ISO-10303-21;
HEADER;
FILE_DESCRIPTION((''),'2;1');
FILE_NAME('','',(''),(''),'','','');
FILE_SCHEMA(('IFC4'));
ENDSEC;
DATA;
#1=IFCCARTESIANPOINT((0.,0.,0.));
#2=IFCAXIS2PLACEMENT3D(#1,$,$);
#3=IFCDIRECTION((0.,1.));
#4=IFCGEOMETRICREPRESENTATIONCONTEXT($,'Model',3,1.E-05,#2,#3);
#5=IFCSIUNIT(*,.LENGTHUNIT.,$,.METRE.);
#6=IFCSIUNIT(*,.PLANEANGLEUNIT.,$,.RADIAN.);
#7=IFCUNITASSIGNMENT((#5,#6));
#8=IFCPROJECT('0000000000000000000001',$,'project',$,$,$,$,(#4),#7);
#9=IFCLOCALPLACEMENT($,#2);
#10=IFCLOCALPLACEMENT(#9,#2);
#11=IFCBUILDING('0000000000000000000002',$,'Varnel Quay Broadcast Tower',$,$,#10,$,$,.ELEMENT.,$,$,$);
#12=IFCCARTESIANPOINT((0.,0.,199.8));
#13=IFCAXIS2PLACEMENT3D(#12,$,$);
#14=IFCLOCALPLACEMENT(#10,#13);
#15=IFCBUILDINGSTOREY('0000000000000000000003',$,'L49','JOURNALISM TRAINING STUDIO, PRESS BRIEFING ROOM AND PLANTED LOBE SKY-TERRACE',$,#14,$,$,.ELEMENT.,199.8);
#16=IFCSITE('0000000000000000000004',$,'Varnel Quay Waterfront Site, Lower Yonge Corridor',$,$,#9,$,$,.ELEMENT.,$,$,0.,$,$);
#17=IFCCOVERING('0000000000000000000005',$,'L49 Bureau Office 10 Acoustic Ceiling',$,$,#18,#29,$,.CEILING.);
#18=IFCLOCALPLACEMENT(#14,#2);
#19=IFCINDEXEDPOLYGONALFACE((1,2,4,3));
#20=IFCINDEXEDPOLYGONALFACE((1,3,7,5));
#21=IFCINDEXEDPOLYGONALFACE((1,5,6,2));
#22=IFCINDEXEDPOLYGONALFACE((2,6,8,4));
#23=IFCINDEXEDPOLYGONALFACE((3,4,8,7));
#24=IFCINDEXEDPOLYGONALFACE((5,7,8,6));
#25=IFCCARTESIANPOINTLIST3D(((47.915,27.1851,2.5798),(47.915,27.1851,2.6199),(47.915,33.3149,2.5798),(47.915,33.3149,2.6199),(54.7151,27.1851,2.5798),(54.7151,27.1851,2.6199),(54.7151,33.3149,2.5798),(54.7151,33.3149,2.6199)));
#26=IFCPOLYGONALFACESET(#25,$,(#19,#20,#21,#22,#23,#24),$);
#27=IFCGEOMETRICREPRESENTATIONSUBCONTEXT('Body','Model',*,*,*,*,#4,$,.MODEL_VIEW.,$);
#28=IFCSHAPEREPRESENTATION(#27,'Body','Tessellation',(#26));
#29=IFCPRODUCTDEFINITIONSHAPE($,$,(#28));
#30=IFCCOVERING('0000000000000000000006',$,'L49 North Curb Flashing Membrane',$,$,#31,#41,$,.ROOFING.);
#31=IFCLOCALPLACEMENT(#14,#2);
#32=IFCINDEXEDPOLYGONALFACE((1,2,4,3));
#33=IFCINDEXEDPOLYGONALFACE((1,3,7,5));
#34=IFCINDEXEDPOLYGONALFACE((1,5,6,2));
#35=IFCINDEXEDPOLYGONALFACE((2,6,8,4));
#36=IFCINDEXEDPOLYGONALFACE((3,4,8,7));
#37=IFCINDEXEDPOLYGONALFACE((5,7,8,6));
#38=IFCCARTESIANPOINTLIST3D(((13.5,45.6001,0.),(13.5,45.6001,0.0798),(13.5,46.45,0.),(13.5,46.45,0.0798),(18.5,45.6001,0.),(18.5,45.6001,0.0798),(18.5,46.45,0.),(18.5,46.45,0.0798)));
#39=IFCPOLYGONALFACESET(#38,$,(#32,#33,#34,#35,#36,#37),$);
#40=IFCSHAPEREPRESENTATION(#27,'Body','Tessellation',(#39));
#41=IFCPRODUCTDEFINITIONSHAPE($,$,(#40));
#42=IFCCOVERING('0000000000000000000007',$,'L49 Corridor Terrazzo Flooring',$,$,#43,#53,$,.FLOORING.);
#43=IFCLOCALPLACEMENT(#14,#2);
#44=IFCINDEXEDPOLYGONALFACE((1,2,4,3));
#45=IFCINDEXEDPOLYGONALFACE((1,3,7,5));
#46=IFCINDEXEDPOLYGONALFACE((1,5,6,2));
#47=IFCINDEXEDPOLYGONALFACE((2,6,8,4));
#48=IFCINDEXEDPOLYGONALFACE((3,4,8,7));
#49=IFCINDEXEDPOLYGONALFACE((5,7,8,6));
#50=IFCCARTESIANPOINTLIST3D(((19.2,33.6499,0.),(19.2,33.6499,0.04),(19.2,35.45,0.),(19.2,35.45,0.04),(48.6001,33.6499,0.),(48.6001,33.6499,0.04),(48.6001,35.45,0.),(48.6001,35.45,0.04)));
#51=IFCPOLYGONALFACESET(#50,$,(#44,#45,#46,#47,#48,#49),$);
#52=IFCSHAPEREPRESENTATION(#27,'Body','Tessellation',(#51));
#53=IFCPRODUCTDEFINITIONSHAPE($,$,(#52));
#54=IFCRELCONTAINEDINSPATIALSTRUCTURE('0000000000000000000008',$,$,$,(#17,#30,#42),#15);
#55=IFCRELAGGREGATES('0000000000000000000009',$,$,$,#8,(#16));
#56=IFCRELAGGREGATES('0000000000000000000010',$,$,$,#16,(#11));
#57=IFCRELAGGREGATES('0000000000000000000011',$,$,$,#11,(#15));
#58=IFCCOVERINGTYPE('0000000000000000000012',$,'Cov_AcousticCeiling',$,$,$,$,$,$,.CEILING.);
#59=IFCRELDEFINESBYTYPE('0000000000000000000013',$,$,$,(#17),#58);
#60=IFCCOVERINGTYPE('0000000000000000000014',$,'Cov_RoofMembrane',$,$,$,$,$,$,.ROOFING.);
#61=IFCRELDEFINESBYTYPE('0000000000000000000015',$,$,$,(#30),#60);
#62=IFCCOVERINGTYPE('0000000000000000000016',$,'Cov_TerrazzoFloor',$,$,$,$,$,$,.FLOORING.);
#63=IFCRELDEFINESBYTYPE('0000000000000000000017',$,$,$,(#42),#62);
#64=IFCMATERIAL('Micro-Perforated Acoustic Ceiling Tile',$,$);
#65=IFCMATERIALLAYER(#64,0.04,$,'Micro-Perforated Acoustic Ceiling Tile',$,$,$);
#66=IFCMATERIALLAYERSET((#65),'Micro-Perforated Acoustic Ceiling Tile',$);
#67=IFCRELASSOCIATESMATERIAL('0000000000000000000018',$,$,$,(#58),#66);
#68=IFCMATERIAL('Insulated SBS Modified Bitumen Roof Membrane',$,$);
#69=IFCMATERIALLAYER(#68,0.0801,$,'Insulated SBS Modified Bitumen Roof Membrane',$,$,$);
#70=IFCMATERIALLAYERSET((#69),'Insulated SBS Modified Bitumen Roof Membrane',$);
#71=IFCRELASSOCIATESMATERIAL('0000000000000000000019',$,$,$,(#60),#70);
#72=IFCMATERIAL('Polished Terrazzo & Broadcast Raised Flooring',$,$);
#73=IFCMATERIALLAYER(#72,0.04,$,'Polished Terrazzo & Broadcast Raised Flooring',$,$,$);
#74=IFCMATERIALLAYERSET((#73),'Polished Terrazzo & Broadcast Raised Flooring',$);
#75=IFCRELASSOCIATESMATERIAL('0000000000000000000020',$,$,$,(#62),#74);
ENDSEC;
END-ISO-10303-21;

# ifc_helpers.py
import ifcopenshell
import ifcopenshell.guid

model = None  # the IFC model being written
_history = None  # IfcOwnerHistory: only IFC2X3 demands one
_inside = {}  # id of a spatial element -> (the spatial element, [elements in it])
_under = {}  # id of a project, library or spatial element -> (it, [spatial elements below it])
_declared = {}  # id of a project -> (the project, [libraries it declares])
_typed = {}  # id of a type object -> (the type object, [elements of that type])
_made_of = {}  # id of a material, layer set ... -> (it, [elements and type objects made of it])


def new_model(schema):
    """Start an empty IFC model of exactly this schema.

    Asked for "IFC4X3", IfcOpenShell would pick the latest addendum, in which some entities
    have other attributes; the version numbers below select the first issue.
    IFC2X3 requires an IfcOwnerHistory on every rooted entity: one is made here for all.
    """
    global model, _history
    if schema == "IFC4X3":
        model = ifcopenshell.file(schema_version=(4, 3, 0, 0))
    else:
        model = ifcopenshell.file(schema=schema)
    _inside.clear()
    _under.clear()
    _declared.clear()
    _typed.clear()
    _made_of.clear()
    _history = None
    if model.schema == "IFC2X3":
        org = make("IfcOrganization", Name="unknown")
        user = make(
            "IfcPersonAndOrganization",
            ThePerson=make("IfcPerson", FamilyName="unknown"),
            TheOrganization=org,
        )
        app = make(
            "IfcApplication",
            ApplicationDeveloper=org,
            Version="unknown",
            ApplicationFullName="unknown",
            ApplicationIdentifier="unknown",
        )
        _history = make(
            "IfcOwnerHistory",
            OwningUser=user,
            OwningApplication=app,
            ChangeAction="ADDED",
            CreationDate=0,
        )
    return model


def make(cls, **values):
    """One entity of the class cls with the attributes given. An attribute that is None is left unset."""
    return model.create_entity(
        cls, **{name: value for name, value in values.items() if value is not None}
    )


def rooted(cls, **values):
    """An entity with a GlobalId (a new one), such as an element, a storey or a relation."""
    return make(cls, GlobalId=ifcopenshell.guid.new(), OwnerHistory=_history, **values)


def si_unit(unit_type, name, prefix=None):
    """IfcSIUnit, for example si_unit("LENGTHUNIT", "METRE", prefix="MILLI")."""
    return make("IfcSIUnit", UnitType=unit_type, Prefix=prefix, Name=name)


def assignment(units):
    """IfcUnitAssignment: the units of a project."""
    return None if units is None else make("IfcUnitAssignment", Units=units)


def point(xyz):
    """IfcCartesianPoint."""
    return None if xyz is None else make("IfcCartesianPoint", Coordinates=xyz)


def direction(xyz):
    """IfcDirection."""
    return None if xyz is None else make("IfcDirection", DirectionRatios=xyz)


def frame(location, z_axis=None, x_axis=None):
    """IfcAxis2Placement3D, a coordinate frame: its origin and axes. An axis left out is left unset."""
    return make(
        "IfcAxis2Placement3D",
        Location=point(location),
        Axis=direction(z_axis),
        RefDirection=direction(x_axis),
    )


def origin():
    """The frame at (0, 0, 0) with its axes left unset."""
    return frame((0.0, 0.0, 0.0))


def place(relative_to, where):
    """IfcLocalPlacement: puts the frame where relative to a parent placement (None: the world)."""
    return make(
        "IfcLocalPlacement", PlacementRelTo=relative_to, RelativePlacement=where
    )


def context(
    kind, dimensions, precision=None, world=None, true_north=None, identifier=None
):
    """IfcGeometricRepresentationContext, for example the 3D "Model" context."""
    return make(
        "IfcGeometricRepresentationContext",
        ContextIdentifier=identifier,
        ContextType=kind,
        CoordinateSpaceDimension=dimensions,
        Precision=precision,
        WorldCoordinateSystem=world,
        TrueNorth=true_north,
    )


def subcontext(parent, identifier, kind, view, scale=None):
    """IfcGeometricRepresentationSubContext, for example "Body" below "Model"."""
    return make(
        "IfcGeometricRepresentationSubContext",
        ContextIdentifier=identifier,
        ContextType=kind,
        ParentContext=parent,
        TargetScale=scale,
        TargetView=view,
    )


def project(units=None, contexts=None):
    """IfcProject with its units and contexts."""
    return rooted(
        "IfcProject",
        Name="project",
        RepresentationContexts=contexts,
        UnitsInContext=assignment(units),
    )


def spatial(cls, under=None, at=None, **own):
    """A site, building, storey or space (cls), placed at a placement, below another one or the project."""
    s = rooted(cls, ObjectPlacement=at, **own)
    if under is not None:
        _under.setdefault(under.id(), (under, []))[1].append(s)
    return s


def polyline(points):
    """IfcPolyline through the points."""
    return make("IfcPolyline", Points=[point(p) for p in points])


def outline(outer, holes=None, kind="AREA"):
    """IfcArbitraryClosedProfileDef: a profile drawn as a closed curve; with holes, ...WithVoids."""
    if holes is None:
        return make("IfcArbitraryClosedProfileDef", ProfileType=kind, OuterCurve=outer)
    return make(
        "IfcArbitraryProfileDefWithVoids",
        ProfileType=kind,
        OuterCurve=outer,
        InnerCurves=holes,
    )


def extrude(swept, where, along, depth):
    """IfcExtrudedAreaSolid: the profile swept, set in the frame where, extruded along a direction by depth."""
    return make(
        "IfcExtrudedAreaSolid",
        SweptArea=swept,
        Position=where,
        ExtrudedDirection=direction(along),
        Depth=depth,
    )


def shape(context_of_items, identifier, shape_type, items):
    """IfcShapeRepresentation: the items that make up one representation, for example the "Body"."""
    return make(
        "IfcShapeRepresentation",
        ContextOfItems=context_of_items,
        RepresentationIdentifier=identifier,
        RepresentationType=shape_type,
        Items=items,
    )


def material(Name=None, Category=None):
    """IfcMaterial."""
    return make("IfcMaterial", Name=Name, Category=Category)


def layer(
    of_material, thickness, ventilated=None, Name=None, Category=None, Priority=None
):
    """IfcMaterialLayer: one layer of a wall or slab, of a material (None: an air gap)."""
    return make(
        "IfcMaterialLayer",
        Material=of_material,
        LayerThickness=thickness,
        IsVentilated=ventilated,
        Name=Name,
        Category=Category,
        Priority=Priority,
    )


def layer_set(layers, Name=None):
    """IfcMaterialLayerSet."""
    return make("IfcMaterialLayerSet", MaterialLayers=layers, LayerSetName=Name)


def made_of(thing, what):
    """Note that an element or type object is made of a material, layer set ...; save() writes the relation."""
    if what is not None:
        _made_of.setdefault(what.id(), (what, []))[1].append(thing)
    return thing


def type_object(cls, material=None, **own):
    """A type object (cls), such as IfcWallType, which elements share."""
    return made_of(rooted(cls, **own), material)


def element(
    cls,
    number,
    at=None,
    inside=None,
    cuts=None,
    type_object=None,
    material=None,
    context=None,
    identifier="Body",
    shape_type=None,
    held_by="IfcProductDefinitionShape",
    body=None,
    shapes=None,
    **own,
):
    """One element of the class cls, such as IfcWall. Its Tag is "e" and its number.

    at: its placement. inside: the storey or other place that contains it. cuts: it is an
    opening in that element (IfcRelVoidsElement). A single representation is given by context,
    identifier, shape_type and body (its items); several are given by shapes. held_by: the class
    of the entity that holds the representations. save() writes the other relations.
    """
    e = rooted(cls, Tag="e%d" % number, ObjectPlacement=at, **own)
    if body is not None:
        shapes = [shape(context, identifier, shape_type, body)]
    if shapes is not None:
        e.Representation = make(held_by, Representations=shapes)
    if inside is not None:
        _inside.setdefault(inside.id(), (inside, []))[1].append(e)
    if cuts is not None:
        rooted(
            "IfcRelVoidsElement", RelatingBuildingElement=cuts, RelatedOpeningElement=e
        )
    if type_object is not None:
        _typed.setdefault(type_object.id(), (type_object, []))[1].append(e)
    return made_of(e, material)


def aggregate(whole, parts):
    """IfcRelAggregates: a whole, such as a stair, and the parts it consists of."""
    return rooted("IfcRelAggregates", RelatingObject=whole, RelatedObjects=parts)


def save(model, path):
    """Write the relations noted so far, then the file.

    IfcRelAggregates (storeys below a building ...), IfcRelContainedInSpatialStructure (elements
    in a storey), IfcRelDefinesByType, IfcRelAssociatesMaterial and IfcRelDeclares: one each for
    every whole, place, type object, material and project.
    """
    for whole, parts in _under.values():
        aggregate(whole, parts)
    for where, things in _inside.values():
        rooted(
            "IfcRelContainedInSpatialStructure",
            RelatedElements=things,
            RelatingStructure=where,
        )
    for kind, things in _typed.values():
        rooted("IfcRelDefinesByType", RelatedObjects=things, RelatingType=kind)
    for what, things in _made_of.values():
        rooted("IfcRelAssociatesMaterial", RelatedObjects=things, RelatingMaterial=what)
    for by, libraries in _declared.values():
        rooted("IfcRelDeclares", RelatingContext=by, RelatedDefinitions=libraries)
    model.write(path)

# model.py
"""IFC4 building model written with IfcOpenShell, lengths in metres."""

from ifc_helpers import new_model, si_unit, direction, frame, origin, place, context, subcontext, project, spatial, polyline, outline, extrude, material, layer, layer_set, type_object, element, save


model = new_model("IFC4")

# Units and contexts
model_context = context("Model", 3, precision=1e-05, world=origin(), true_north=direction((0.0, 1.0)))
body_context = subcontext(model_context, "Body", "Model", "MODEL_VIEW")
ifc_project = project(units=[si_unit("LENGTHUNIT", "METRE"), si_unit("PLANEANGLEUNIT", "RADIAN")], contexts=[model_context])

# Site, building, storey
site_placement = place(None, origin())
site = spatial("IfcSite", under=ifc_project, at=site_placement, Name="Varnel Quay Waterfront Site, Lower Yonge Corridor", CompositionType="ELEMENT", RefElevation=0.0)
building_placement = place(site_placement, origin())
building = spatial("IfcBuilding", under=site, at=building_placement, Name="Varnel Quay Broadcast Tower", CompositionType="ELEMENT")
storey_placement = place(building_placement, frame((0.0, 0.0, 199.8)))
storey = spatial("IfcBuildingStorey", under=building, at=storey_placement, Name="L49", Description="JOURNALISM TRAINING STUDIO, PRESS BRIEFING ROOM AND PLANTED LOBE SKY-TERRACE", CompositionType="ELEMENT", Elevation=199.8)

# Coverings
ifc_material_1 = material(Name="Micro-Perforated Acoustic Ceiling Tile")
ifc_layer_1 = layer(ifc_material_1, 0.04, Name="Micro-Perforated Acoustic Ceiling Tile")
ifc_layer_set_1 = layer_set([ifc_layer_1], Name="Micro-Perforated Acoustic Ceiling Tile")
covering_type_1 = type_object("IfcCoveringType", Name="Cov_AcousticCeiling", PredefinedType="CEILING", material=ifc_layer_set_1)
covering_1_placement = place(storey_placement, frame((0.0, 0.0, 2.5798)))
element("IfcCovering", 1, at=covering_1_placement, inside=storey, type_object=covering_type_1, Name="L49 Bureau Office 10 Acoustic Ceiling", PredefinedType="CEILING", context=body_context, shape_type="SweptSolid", body=[
    extrude(outline(polyline([(47.915, 27.1851), (54.7151, 27.1851), (54.7151, 33.3149), (47.915, 33.3149), (47.915, 27.1851)])), origin(), (0.0, 0.0, 1.0), 0.04),
])
ifc_material_2 = material(Name="Insulated SBS Modified Bitumen Roof Membrane")
ifc_layer_2 = layer(ifc_material_2, 0.0801, Name="Insulated SBS Modified Bitumen Roof Membrane")
ifc_layer_set_2 = layer_set([ifc_layer_2], Name="Insulated SBS Modified Bitumen Roof Membrane")
covering_type_2 = type_object("IfcCoveringType", Name="Cov_RoofMembrane", PredefinedType="ROOFING", material=ifc_layer_set_2)
covering_2_placement = place(storey_placement, origin())
element("IfcCovering", 2, at=covering_2_placement, inside=storey, type_object=covering_type_2, Name="L49 North Curb Flashing Membrane", PredefinedType="ROOFING", context=body_context, shape_type="SweptSolid", body=[
    extrude(outline(polyline([(13.5, 45.6001), (18.5, 45.6001), (18.5, 46.45), (13.5, 46.45), (13.5, 45.6001)])), origin(), (0.0, 0.0, 1.0), 0.0798),
])
ifc_material_3 = material(Name="Polished Terrazzo & Broadcast Raised Flooring")
ifc_layer_3 = layer(ifc_material_3, 0.04, Name="Polished Terrazzo & Broadcast Raised Flooring")
ifc_layer_set_3 = layer_set([ifc_layer_3], Name="Polished Terrazzo & Broadcast Raised Flooring")
covering_type_3 = type_object("IfcCoveringType", Name="Cov_TerrazzoFloor", PredefinedType="FLOORING", material=ifc_layer_set_3)
covering_3_placement = place(storey_placement, origin())
element("IfcCovering", 3, at=covering_3_placement, inside=storey, type_object=covering_type_3, Name="L49 Corridor Terrazzo Flooring", PredefinedType="FLOORING", context=body_context, shape_type="SweptSolid", body=[
    extrude(outline(polyline([(19.2, 33.6499), (48.6001, 33.6499), (48.6001, 35.45), (19.2, 35.45), (19.2, 33.6499)])), origin(), (0.0, 0.0, 1.0), 0.04),
])

save(model, "model.ifc")
